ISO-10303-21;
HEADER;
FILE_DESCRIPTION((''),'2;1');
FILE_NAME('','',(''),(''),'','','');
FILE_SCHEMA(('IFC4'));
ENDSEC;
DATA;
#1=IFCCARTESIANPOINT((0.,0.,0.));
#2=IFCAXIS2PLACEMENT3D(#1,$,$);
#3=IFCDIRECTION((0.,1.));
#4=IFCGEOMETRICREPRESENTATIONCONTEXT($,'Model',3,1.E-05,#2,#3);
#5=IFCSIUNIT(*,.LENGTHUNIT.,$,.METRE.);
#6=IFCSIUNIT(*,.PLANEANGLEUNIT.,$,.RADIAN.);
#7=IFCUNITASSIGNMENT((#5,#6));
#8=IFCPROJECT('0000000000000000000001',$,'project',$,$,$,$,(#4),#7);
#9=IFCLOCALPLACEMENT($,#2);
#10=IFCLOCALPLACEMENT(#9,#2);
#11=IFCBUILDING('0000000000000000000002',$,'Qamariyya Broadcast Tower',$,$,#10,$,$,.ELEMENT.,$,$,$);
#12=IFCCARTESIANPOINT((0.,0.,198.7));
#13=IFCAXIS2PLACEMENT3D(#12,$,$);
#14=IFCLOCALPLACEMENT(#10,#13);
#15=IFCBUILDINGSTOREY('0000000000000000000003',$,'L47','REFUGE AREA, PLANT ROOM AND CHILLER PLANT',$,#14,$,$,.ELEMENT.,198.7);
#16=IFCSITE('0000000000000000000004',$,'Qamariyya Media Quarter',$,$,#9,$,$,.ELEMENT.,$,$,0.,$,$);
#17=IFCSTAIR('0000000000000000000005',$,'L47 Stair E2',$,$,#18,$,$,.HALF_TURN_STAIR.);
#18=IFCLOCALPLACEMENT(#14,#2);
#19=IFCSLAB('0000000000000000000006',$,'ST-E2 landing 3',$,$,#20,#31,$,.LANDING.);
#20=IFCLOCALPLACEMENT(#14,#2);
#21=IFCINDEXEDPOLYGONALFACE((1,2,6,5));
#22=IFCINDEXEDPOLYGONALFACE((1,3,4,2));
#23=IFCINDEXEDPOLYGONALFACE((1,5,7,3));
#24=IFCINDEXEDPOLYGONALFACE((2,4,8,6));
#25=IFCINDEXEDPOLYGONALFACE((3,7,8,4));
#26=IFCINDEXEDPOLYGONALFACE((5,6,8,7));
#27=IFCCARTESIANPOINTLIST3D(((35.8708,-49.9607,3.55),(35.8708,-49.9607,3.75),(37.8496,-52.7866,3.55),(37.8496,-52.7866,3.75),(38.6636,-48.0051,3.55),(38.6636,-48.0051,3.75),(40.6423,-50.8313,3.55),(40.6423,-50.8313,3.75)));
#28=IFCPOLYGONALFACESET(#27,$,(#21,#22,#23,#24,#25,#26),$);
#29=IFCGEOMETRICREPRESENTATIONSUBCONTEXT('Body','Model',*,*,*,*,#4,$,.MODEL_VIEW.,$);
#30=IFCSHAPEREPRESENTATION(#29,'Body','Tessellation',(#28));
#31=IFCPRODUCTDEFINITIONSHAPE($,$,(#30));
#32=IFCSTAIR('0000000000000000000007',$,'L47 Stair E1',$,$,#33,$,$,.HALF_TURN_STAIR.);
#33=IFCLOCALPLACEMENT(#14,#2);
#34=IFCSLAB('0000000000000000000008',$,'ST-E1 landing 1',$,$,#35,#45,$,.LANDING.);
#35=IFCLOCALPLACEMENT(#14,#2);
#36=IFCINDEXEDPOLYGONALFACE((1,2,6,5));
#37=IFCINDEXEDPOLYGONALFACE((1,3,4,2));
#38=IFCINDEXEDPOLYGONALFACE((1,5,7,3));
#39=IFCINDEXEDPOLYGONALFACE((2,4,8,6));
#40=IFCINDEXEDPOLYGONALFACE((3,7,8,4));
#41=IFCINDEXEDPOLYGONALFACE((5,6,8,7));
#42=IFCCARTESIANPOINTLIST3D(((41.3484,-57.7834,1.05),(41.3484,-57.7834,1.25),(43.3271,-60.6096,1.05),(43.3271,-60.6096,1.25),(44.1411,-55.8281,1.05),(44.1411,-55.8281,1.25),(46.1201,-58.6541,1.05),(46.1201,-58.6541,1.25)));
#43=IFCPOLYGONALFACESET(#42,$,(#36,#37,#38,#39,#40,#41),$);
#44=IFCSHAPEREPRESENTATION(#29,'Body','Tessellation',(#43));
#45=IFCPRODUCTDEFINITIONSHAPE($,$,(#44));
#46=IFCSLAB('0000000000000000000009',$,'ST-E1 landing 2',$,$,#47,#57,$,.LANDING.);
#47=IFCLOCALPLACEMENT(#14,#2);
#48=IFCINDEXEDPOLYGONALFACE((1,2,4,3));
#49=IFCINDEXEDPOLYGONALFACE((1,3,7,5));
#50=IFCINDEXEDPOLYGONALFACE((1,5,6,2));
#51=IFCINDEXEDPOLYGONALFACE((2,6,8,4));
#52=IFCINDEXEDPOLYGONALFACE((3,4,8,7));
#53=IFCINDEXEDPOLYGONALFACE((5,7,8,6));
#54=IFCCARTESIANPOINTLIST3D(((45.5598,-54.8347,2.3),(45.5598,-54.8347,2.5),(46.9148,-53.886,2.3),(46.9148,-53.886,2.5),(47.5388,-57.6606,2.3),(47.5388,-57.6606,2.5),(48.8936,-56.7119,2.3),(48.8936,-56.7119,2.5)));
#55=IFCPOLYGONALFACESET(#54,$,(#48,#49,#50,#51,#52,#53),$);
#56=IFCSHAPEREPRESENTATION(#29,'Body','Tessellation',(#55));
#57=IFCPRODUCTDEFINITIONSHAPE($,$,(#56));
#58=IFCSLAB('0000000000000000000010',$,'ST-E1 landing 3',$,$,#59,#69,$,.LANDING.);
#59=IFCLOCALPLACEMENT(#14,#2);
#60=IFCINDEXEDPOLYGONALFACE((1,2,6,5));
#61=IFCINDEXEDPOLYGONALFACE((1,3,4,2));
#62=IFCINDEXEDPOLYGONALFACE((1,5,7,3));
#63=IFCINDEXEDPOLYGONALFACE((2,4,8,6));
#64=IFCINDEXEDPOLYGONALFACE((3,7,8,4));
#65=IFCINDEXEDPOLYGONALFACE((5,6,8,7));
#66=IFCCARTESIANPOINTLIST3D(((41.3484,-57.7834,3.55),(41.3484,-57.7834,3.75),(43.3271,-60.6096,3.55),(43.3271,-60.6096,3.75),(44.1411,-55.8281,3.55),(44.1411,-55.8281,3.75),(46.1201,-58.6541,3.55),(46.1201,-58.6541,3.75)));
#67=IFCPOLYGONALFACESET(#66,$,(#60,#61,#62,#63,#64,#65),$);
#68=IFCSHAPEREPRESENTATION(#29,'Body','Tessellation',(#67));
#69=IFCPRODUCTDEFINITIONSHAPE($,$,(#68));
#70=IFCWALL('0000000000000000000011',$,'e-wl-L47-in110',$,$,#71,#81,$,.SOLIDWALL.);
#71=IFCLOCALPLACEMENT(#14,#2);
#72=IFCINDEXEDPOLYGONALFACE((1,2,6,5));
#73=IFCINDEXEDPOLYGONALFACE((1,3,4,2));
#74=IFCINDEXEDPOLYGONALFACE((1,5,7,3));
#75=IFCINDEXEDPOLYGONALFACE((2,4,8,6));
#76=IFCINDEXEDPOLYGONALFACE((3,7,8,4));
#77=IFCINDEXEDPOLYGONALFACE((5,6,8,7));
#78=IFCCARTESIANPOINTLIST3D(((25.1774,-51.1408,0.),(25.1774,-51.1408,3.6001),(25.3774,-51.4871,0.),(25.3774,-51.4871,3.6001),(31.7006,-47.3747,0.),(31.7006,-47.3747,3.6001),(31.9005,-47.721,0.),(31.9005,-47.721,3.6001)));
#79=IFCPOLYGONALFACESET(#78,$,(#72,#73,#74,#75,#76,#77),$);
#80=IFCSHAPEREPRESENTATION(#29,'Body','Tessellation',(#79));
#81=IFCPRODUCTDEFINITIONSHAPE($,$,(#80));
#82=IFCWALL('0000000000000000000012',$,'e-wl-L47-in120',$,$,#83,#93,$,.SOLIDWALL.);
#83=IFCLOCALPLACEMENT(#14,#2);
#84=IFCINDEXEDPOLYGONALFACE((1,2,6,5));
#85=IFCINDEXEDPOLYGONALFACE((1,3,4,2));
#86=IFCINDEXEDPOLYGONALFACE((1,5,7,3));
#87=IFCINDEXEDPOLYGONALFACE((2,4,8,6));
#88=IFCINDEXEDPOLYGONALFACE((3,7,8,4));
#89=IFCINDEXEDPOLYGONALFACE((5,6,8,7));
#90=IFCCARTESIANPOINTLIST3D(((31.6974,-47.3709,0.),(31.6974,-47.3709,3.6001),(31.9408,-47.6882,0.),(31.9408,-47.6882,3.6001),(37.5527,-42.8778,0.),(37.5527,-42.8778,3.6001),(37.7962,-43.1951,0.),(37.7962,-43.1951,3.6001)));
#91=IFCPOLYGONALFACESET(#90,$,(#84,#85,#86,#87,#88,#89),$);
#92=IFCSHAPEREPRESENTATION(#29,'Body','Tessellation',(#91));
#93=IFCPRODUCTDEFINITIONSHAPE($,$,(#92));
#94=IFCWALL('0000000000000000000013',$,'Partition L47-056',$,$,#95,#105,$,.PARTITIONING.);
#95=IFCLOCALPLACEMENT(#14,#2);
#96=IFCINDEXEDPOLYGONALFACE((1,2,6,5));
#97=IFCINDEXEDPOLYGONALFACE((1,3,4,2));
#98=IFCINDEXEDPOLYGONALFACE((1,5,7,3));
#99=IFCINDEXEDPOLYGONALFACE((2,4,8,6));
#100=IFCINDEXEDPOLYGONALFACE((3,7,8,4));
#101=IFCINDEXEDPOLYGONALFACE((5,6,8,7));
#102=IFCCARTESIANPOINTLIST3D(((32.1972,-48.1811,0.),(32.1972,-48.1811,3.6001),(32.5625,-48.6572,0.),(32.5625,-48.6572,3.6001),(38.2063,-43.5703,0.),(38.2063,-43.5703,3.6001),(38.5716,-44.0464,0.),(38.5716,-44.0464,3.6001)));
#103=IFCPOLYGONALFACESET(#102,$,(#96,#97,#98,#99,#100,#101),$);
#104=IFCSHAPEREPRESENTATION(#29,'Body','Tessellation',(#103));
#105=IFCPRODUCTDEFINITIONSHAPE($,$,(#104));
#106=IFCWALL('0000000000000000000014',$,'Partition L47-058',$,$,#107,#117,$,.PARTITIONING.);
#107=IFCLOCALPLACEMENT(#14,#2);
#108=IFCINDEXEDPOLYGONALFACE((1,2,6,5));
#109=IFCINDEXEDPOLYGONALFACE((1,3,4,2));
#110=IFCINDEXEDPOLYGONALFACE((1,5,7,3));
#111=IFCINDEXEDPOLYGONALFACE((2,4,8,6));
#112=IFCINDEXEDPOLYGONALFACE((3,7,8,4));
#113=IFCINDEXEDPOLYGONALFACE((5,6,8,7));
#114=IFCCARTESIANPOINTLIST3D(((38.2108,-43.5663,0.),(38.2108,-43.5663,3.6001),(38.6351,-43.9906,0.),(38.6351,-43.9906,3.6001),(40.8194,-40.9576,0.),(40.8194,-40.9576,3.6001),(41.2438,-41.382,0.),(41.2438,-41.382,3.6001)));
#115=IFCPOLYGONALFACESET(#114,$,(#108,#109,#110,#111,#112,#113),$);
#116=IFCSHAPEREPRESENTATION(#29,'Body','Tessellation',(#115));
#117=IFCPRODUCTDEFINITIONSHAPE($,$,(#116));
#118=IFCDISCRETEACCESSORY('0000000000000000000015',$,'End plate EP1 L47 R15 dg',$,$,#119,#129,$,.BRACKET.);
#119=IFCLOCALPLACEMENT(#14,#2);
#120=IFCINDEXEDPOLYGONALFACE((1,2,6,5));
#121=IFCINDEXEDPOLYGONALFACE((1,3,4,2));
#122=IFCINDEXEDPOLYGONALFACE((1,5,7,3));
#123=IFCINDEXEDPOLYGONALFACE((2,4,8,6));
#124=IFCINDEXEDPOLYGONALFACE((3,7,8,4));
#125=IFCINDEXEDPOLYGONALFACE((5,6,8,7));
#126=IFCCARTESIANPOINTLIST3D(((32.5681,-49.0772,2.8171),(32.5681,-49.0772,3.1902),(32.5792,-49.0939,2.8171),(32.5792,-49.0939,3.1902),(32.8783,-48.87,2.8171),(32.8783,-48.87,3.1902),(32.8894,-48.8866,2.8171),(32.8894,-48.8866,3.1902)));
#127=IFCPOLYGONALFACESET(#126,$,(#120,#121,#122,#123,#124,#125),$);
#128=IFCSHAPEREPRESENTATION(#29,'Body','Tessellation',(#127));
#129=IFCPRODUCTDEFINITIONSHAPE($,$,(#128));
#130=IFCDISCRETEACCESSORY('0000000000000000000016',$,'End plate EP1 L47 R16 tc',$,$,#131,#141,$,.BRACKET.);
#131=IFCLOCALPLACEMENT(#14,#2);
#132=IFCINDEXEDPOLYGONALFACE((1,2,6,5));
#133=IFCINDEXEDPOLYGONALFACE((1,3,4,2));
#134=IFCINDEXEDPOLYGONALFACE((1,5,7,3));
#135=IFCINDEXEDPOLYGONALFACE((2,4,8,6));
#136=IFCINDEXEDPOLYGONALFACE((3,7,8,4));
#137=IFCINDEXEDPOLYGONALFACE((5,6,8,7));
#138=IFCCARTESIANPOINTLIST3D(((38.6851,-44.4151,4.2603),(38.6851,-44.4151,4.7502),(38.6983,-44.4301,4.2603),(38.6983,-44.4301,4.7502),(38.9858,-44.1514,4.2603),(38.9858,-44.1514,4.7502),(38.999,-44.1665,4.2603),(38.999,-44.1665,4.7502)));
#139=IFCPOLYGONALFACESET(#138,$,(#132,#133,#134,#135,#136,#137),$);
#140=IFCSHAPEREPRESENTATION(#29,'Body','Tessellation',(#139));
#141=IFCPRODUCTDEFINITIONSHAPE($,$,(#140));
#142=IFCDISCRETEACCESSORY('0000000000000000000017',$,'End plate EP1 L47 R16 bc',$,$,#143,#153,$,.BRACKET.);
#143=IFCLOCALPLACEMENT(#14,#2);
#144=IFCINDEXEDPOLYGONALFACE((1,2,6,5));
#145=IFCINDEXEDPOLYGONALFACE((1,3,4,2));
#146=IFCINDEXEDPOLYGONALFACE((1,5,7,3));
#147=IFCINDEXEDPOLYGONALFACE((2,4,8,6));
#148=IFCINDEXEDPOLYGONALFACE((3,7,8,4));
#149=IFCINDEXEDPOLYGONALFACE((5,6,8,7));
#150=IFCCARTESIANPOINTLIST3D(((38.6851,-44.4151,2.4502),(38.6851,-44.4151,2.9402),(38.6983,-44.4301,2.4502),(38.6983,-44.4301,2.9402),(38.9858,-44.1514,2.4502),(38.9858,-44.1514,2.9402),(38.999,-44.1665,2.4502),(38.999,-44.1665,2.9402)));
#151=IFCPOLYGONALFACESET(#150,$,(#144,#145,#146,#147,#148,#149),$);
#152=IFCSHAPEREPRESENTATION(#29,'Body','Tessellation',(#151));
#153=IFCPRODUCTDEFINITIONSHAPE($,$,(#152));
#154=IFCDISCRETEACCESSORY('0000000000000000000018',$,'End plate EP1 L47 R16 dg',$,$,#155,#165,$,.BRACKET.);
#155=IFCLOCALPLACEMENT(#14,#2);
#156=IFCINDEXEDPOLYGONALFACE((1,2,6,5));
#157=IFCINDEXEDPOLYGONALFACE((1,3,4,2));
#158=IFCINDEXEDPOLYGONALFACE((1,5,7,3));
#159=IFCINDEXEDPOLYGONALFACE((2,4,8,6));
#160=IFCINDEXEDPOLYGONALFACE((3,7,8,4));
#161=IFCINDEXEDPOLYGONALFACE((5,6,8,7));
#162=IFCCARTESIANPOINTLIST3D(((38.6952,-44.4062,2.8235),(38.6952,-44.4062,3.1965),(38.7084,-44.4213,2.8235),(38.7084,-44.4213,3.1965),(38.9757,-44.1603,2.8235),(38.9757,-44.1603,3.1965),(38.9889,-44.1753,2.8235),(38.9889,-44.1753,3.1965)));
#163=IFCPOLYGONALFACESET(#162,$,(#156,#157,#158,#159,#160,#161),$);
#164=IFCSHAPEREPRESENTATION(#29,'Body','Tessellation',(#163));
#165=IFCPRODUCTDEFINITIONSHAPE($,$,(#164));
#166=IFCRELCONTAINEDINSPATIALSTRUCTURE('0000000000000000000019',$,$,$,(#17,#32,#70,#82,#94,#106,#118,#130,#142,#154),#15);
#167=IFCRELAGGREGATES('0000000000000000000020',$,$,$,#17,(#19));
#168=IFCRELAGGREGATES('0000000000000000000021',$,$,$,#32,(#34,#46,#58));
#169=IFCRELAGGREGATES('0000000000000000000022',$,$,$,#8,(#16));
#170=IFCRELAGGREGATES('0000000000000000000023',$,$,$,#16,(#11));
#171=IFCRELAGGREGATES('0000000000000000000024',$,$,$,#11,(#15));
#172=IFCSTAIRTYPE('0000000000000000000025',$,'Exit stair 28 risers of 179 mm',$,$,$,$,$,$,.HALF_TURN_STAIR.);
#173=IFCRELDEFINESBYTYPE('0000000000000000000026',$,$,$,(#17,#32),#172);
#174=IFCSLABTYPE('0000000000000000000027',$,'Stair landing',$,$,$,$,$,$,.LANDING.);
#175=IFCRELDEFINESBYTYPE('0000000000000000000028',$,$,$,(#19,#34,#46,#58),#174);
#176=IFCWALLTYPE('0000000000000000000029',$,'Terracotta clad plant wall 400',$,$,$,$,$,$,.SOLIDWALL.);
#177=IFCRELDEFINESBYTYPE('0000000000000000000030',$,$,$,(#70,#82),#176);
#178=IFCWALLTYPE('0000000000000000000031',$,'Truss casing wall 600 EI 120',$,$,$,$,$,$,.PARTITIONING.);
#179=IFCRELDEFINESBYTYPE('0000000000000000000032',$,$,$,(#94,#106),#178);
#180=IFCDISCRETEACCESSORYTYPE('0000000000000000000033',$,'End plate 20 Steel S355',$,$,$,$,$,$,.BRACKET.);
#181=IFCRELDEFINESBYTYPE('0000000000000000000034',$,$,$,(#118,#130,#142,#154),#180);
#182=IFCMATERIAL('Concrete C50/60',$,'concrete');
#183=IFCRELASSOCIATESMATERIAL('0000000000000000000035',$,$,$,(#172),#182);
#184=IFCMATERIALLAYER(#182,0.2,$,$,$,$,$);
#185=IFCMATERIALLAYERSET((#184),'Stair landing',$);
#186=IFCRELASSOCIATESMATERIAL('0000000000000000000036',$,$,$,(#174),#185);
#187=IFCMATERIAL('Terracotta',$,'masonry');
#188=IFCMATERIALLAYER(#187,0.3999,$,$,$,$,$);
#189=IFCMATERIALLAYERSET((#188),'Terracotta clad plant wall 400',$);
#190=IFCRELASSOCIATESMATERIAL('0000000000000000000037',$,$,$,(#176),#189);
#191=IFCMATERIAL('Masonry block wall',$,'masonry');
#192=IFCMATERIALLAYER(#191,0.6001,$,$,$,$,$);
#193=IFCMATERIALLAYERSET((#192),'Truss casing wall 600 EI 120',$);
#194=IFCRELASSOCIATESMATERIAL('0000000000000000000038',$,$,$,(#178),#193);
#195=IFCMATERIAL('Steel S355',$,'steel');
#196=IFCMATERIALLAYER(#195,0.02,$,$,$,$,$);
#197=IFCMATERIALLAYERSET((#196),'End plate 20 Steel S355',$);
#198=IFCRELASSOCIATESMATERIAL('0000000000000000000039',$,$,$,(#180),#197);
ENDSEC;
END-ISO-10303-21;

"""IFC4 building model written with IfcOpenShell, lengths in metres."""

from ifc_helpers import new_model, si_unit, direction, frame, frame_2d, origin, origin_2d, place, context, subcontext, project, spatial, polyline, rectangle, outline, extrude, material, layer, layer_set, type_object, element, aggregate, save


model = new_model("IFC4")

# Units and contexts
model_context = context("Model", 3, precision=1e-05, world=origin(), true_north=direction((0.0, 1.0)))
body_context = subcontext(model_context, "Body", "Model", "MODEL_VIEW")
ifc_project = project(units=[si_unit("LENGTHUNIT", "METRE"), si_unit("PLANEANGLEUNIT", "RADIAN")], contexts=[model_context])

# Site, building, storey
site_placement = place(None, origin())
site = spatial("IfcSite", under=ifc_project, at=site_placement, Name="Qamariyya Media Quarter", CompositionType="ELEMENT", RefElevation=0.0)
building_placement = place(site_placement, origin())
building = spatial("IfcBuilding", under=site, at=building_placement, Name="Qamariyya Broadcast Tower", CompositionType="ELEMENT")
storey_placement = place(building_placement, frame((0.0, 0.0, 198.7)))
storey = spatial("IfcBuildingStorey", under=building, at=storey_placement, Name="L47", Description="REFUGE AREA, PLANT ROOM AND CHILLER PLANT", CompositionType="ELEMENT", Elevation=198.7)

# Shared definitions
ifc_material_1 = material(Name="Steel S355", Category="steel")

# Shared definitions
ifc_material_2 = material(Name="Concrete C50/60", Category="concrete")
stair_type = type_object("IfcStairType", Name="Exit stair 28 risers of 179 mm", PredefinedType="HALF_TURN_STAIR", material=ifc_material_2)
ifc_layer_1 = layer(ifc_material_2, 0.2)
ifc_layer_set_1 = layer_set([ifc_layer_1], Name="Stair landing")
slab_type_1 = type_object("IfcSlabType", Name="Stair landing", PredefinedType="LANDING", material=ifc_layer_set_1)

# Stairs, slabs
stair_1_placement = place(storey_placement, origin())
stair_1 = element("IfcStair", 1, at=stair_1_placement, inside=storey, type_object=stair_type, Name="L47 Stair E2", PredefinedType="HALF_TURN_STAIR")
slab_1_placement = place(storey_placement, frame((0.0, 0.0, 3.55)))
slab_1 = element("IfcSlab", 2, at=slab_1_placement, type_object=slab_type_1, Name="ST-E2 landing 3", PredefinedType="LANDING", context=body_context, shape_type="SweptSolid", body=[
    extrude(outline(polyline([(38.6636, -48.0051), (35.8708, -49.9607), (37.8496, -52.7866), (40.6423, -50.8313), (38.6636, -48.0051)])), origin(), (0.0, 0.0, 1.0), 0.2),
])
aggregate(stair_1, [slab_1])
stair_2_placement = place(storey_placement, origin())
stair_2 = element("IfcStair", 3, at=stair_2_placement, inside=storey, type_object=stair_type, Name="L47 Stair E1", PredefinedType="HALF_TURN_STAIR")
slab_2_placement = place(storey_placement, frame((0.0, 0.0, 1.05)))
slab_2 = element("IfcSlab", 4, at=slab_2_placement, type_object=slab_type_1, Name="ST-E1 landing 1", PredefinedType="LANDING", context=body_context, shape_type="SweptSolid", body=[
    extrude(outline(polyline([(44.1411, -55.8281), (41.3484, -57.7834), (43.3271, -60.6096), (46.1201, -58.6541), (44.1411, -55.8281)])), origin(), (0.0, 0.0, 1.0), 0.2),
])
slab_3_placement = place(storey_placement, frame((0.0, 0.0, 2.3)))
slab_3 = element("IfcSlab", 5, at=slab_3_placement, type_object=slab_type_1, Name="ST-E1 landing 2", PredefinedType="LANDING", context=body_context, shape_type="SweptSolid", body=[
    extrude(outline(polyline([(46.9148, -53.886), (45.5598, -54.8347), (47.5388, -57.6606), (48.8936, -56.7119), (46.9148, -53.886)])), origin(), (0.0, 0.0, 1.0), 0.2),
])
slab_4_placement = place(storey_placement, frame((0.0, 0.0, 3.55)))
slab_4 = element("IfcSlab", 6, at=slab_4_placement, type_object=slab_type_1, Name="ST-E1 landing 3", PredefinedType="LANDING", context=body_context, shape_type="SweptSolid", body=[
    extrude(outline(polyline([(44.1411, -55.8281), (41.3484, -57.7834), (43.3271, -60.6096), (46.1201, -58.6541), (44.1411, -55.8281)])), origin(), (0.0, 0.0, 1.0), 0.2),
])
aggregate(stair_2, [slab_2, slab_3, slab_4])

# Walls
ifc_material_3 = material(Name="Terracotta", Category="masonry")
ifc_layer_2 = layer(ifc_material_3, 0.3999)
ifc_layer_set_2 = layer_set([ifc_layer_2], Name="Terracotta clad plant wall 400")
wall_type_1 = type_object("IfcWallType", Name="Terracotta clad plant wall 400", PredefinedType="SOLIDWALL", material=ifc_layer_set_2)
wall_1_placement = place(storey_placement, frame((31.8005, -47.5479, 0.0), z_axis=(0.0, 0.0, 1.0), x_axis=(-0.866029, -0.499995, 0.0)))
element("IfcWall", 7, at=wall_1_placement, inside=storey, type_object=wall_type_1, Name="e-wl-L47-in110", PredefinedType="SOLIDWALL", context=body_context, shape_type="SweptSolid", body=[
    extrude(rectangle(XDim=7.5322, YDim=0.3999, at=frame_2d((3.7661, 0.0))), origin(), (0.0, 0.0, 1.0), 3.6001),
])
wall_2_placement = place(storey_placement, frame((37.6746, -43.0364, 0.0), z_axis=(0.0, 0.0, 1.0), x_axis=(-0.793346, -0.60877, 0.0)))
element("IfcWall", 8, at=wall_2_placement, inside=storey, type_object=wall_type_1, Name="e-wl-L47-in120", PredefinedType="SOLIDWALL", context=body_context, shape_type="SweptSolid", body=[
    extrude(rectangle(XDim=7.3806, YDim=0.3999, at=frame_2d((3.6904, 0.0))), origin(), (0.0, 0.0, 1.0), 3.6001),
])
ifc_material_4 = material(Name="Masonry block wall", Category="masonry")
ifc_layer_3 = layer(ifc_material_4, 0.6001)
ifc_layer_set_3 = layer_set([ifc_layer_3], Name="Truss casing wall 600 EI 120")
wall_type_2 = type_object("IfcWallType", Name="Truss casing wall 600 EI 120", PredefinedType="PARTITIONING", material=ifc_layer_set_3)
wall_3_placement = place(storey_placement, frame((32.3799, -48.4192, 0.0), z_axis=(0.0, 0.0, 1.0), x_axis=(0.793357, 0.608757, 0.0)))
element("IfcWall", 9, at=wall_3_placement, inside=storey, type_object=wall_type_2, Name="Partition L47-056", PredefinedType="PARTITIONING", context=body_context, shape_type="SweptSolid", body=[
    extrude(rectangle(XDim=7.5742, YDim=0.6001, at=frame_2d((3.7871, 0.0))), origin(), (0.0, 0.0, 1.0), 3.6001),
])
wall_4_placement = place(storey_placement, frame((38.4229, -43.7786, 0.0), z_axis=(0.0, 0.0, 1.0), x_axis=(0.707107, 0.707107, 0.0)))
element("IfcWall", 10, at=wall_4_placement, inside=storey, type_object=wall_type_2, Name="Partition L47-058", PredefinedType="PARTITIONING", context=body_context, shape_type="SweptSolid", body=[
    extrude(rectangle(XDim=3.6892, YDim=0.6001, at=frame_2d((1.8447, 0.0))), origin(), (0.0, 0.0, 1.0), 3.6001),
])

# Discrete accessories
ifc_layer_4 = layer(ifc_material_1, 0.02)
ifc_layer_set_4 = layer_set([ifc_layer_4], Name="End plate 20 Steel S355")
discrete_accessory_type = type_object("IfcDiscreteAccessoryType", Name="End plate 20 Steel S355", PredefinedType="BRACKET", material=ifc_layer_set_4)
discrete_accessory_1_placement = place(storey_placement, frame((32.7288, -48.9819, 2.8171), z_axis=(0.0, 0.0, 1.0), x_axis=(-0.83147, -0.55557, 0.0)))
element("IfcDiscreteAccessory", 11, at=discrete_accessory_1_placement, inside=storey, type_object=discrete_accessory_type, Name="End plate EP1 L47 R15 dg", PredefinedType="BRACKET", context=body_context, shape_type="SweptSolid", body=[
    extrude(rectangle(XDim=0.373, YDim=0.02, at=origin_2d()), origin(), (0.0, 0.0, 1.0), 0.373),
])
for number, where, z_axis, x_axis, name in (
    (12, (38.842, -44.2908, 4.2603), (0.0, 0.0, 1.0), (-0.75184, -0.659346, 0.0), "End plate EP1 L47 R16 tc"),
    (13, (38.842, -44.2908, 2.4502), (0.0, 0.0, 1.0), (-0.75184, -0.659346, 0.0), "End plate EP1 L47 R16 bc"),
):
    element("IfcDiscreteAccessory", number, at=place(storey_placement, frame(where, z_axis=z_axis, x_axis=x_axis)), inside=storey, type_object=discrete_accessory_type, Name=name, PredefinedType="BRACKET", context=body_context, shape_type="SweptSolid", body=[
        extrude(rectangle(XDim=0.3999, YDim=0.02, at=origin_2d()), origin(), (0.0, 0.0, 1.0), 0.49),
    ])
discrete_accessory_2_placement = place(storey_placement, frame((38.842, -44.2908, 2.8235), z_axis=(0.0, 0.0, 1.0), x_axis=(-0.75184, -0.659346, 0.0)))
element("IfcDiscreteAccessory", 14, at=discrete_accessory_2_placement, inside=storey, type_object=discrete_accessory_type, Name="End plate EP1 L47 R16 dg", PredefinedType="BRACKET", context=body_context, shape_type="SweptSolid", body=[
    extrude(rectangle(XDim=0.373, YDim=0.02, at=origin_2d()), origin(), (0.0, 0.0, 1.0), 0.373),
])

save(model, "model.ifc")
